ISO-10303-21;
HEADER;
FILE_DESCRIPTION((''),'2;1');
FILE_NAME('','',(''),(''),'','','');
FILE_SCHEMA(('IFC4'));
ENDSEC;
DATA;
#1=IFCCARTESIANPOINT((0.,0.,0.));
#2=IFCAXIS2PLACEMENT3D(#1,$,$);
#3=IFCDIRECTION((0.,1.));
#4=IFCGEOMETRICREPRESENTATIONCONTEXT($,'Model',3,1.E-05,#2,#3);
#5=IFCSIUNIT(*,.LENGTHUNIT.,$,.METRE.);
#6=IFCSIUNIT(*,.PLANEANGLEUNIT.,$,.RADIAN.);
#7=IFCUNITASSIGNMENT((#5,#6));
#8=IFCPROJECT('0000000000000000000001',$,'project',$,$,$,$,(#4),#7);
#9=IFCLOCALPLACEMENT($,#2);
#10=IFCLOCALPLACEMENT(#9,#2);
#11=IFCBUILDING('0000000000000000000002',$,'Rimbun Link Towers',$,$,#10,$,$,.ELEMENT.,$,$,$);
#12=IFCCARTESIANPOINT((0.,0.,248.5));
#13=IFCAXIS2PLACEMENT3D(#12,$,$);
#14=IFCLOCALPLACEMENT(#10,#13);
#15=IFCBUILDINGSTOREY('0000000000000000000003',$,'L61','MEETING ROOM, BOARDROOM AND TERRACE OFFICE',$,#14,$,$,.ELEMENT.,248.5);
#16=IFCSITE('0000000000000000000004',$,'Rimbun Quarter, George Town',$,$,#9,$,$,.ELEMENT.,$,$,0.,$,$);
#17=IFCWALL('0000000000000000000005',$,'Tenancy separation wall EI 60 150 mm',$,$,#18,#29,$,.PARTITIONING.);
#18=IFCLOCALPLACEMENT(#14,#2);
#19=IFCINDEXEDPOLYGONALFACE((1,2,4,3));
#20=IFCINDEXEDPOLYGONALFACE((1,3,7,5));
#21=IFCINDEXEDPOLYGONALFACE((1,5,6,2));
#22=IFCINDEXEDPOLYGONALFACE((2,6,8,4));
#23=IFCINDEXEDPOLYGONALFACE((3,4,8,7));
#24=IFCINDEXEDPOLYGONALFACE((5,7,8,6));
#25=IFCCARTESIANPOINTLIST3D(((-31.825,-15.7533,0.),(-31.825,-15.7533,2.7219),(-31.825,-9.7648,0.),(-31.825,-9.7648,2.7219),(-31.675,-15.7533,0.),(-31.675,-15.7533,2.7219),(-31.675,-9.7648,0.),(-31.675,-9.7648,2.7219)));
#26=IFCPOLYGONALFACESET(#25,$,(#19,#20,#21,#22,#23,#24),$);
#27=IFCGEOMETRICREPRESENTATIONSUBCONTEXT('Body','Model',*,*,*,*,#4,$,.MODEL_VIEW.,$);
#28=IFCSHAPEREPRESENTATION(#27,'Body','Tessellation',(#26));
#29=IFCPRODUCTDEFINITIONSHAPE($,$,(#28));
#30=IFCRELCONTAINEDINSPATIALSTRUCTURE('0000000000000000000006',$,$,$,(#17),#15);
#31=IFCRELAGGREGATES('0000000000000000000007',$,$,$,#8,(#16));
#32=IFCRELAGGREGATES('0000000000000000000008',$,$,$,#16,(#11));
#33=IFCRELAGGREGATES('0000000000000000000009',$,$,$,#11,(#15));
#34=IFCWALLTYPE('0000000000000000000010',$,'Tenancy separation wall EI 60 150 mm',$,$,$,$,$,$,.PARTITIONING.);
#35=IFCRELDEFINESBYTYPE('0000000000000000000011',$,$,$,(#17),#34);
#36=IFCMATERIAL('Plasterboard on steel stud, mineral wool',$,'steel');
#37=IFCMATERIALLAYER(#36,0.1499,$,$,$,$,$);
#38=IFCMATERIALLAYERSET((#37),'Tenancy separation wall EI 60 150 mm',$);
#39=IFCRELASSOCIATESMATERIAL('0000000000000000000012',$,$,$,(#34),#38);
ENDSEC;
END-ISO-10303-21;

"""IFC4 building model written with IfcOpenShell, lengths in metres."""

from ifc_helpers import new_model, si_unit, direction, frame, frame_2d, origin, place, context, subcontext, project, spatial, rectangle, extrude, material, layer, layer_set, type_object, element, save


model = new_model("IFC4")

# Units and contexts
model_context = context("Model", 3, precision=1e-05, world=origin(), true_north=direction((0.0, 1.0)))
body_context = subcontext(model_context, "Body", "Model", "MODEL_VIEW")
ifc_project = project(units=[si_unit("LENGTHUNIT", "METRE"), si_unit("PLANEANGLEUNIT", "RADIAN")], contexts=[model_context])

# Site, building, storey
site_placement = place(None, origin())
site = spatial("IfcSite", under=ifc_project, at=site_placement, Name="Rimbun Quarter, George Town", CompositionType="ELEMENT", RefElevation=0.0)
building_placement = place(site_placement, origin())
building = spatial("IfcBuilding", under=site, at=building_placement, Name="Rimbun Link Towers", CompositionType="ELEMENT")
storey_placement = place(building_placement, frame((0.0, 0.0, 248.5)))
storey = spatial("IfcBuildingStorey", under=building, at=storey_placement, Name="L61", Description="MEETING ROOM, BOARDROOM AND TERRACE OFFICE", CompositionType="ELEMENT", Elevation=248.5)

# Wall
ifc_material_1 = material(Name="Plasterboard on steel stud, mineral wool", Category="steel")
ifc_layer_1 = layer(ifc_material_1, 0.1499)
ifc_layer_set_1 = layer_set([ifc_layer_1], Name="Tenancy separation wall EI 60 150 mm")
wall_type_1 = type_object("IfcWallType", Name="Tenancy separation wall EI 60 150 mm", PredefinedType="PARTITIONING", material=ifc_layer_set_1)
wall_1_placement = place(storey_placement, frame((-31.75, -9.7649, 0.0), z_axis=(0.0, 0.0, 1.0), x_axis=(0.0, -1.0, 0.0)))
element("IfcWall", 1, at=wall_1_placement, inside=storey, type_object=wall_type_1, Name="Tenancy separation wall EI 60 150 mm", PredefinedType="PARTITIONING", context=body_context, shape_type="SweptSolid", body=[
    extrude(rectangle(XDim=5.9885, YDim=0.1499, at=frame_2d((2.9941, 0.0))), origin(), (0.0, 0.0, 1.0), 2.7219),
])

save(model, "model.ifc")
